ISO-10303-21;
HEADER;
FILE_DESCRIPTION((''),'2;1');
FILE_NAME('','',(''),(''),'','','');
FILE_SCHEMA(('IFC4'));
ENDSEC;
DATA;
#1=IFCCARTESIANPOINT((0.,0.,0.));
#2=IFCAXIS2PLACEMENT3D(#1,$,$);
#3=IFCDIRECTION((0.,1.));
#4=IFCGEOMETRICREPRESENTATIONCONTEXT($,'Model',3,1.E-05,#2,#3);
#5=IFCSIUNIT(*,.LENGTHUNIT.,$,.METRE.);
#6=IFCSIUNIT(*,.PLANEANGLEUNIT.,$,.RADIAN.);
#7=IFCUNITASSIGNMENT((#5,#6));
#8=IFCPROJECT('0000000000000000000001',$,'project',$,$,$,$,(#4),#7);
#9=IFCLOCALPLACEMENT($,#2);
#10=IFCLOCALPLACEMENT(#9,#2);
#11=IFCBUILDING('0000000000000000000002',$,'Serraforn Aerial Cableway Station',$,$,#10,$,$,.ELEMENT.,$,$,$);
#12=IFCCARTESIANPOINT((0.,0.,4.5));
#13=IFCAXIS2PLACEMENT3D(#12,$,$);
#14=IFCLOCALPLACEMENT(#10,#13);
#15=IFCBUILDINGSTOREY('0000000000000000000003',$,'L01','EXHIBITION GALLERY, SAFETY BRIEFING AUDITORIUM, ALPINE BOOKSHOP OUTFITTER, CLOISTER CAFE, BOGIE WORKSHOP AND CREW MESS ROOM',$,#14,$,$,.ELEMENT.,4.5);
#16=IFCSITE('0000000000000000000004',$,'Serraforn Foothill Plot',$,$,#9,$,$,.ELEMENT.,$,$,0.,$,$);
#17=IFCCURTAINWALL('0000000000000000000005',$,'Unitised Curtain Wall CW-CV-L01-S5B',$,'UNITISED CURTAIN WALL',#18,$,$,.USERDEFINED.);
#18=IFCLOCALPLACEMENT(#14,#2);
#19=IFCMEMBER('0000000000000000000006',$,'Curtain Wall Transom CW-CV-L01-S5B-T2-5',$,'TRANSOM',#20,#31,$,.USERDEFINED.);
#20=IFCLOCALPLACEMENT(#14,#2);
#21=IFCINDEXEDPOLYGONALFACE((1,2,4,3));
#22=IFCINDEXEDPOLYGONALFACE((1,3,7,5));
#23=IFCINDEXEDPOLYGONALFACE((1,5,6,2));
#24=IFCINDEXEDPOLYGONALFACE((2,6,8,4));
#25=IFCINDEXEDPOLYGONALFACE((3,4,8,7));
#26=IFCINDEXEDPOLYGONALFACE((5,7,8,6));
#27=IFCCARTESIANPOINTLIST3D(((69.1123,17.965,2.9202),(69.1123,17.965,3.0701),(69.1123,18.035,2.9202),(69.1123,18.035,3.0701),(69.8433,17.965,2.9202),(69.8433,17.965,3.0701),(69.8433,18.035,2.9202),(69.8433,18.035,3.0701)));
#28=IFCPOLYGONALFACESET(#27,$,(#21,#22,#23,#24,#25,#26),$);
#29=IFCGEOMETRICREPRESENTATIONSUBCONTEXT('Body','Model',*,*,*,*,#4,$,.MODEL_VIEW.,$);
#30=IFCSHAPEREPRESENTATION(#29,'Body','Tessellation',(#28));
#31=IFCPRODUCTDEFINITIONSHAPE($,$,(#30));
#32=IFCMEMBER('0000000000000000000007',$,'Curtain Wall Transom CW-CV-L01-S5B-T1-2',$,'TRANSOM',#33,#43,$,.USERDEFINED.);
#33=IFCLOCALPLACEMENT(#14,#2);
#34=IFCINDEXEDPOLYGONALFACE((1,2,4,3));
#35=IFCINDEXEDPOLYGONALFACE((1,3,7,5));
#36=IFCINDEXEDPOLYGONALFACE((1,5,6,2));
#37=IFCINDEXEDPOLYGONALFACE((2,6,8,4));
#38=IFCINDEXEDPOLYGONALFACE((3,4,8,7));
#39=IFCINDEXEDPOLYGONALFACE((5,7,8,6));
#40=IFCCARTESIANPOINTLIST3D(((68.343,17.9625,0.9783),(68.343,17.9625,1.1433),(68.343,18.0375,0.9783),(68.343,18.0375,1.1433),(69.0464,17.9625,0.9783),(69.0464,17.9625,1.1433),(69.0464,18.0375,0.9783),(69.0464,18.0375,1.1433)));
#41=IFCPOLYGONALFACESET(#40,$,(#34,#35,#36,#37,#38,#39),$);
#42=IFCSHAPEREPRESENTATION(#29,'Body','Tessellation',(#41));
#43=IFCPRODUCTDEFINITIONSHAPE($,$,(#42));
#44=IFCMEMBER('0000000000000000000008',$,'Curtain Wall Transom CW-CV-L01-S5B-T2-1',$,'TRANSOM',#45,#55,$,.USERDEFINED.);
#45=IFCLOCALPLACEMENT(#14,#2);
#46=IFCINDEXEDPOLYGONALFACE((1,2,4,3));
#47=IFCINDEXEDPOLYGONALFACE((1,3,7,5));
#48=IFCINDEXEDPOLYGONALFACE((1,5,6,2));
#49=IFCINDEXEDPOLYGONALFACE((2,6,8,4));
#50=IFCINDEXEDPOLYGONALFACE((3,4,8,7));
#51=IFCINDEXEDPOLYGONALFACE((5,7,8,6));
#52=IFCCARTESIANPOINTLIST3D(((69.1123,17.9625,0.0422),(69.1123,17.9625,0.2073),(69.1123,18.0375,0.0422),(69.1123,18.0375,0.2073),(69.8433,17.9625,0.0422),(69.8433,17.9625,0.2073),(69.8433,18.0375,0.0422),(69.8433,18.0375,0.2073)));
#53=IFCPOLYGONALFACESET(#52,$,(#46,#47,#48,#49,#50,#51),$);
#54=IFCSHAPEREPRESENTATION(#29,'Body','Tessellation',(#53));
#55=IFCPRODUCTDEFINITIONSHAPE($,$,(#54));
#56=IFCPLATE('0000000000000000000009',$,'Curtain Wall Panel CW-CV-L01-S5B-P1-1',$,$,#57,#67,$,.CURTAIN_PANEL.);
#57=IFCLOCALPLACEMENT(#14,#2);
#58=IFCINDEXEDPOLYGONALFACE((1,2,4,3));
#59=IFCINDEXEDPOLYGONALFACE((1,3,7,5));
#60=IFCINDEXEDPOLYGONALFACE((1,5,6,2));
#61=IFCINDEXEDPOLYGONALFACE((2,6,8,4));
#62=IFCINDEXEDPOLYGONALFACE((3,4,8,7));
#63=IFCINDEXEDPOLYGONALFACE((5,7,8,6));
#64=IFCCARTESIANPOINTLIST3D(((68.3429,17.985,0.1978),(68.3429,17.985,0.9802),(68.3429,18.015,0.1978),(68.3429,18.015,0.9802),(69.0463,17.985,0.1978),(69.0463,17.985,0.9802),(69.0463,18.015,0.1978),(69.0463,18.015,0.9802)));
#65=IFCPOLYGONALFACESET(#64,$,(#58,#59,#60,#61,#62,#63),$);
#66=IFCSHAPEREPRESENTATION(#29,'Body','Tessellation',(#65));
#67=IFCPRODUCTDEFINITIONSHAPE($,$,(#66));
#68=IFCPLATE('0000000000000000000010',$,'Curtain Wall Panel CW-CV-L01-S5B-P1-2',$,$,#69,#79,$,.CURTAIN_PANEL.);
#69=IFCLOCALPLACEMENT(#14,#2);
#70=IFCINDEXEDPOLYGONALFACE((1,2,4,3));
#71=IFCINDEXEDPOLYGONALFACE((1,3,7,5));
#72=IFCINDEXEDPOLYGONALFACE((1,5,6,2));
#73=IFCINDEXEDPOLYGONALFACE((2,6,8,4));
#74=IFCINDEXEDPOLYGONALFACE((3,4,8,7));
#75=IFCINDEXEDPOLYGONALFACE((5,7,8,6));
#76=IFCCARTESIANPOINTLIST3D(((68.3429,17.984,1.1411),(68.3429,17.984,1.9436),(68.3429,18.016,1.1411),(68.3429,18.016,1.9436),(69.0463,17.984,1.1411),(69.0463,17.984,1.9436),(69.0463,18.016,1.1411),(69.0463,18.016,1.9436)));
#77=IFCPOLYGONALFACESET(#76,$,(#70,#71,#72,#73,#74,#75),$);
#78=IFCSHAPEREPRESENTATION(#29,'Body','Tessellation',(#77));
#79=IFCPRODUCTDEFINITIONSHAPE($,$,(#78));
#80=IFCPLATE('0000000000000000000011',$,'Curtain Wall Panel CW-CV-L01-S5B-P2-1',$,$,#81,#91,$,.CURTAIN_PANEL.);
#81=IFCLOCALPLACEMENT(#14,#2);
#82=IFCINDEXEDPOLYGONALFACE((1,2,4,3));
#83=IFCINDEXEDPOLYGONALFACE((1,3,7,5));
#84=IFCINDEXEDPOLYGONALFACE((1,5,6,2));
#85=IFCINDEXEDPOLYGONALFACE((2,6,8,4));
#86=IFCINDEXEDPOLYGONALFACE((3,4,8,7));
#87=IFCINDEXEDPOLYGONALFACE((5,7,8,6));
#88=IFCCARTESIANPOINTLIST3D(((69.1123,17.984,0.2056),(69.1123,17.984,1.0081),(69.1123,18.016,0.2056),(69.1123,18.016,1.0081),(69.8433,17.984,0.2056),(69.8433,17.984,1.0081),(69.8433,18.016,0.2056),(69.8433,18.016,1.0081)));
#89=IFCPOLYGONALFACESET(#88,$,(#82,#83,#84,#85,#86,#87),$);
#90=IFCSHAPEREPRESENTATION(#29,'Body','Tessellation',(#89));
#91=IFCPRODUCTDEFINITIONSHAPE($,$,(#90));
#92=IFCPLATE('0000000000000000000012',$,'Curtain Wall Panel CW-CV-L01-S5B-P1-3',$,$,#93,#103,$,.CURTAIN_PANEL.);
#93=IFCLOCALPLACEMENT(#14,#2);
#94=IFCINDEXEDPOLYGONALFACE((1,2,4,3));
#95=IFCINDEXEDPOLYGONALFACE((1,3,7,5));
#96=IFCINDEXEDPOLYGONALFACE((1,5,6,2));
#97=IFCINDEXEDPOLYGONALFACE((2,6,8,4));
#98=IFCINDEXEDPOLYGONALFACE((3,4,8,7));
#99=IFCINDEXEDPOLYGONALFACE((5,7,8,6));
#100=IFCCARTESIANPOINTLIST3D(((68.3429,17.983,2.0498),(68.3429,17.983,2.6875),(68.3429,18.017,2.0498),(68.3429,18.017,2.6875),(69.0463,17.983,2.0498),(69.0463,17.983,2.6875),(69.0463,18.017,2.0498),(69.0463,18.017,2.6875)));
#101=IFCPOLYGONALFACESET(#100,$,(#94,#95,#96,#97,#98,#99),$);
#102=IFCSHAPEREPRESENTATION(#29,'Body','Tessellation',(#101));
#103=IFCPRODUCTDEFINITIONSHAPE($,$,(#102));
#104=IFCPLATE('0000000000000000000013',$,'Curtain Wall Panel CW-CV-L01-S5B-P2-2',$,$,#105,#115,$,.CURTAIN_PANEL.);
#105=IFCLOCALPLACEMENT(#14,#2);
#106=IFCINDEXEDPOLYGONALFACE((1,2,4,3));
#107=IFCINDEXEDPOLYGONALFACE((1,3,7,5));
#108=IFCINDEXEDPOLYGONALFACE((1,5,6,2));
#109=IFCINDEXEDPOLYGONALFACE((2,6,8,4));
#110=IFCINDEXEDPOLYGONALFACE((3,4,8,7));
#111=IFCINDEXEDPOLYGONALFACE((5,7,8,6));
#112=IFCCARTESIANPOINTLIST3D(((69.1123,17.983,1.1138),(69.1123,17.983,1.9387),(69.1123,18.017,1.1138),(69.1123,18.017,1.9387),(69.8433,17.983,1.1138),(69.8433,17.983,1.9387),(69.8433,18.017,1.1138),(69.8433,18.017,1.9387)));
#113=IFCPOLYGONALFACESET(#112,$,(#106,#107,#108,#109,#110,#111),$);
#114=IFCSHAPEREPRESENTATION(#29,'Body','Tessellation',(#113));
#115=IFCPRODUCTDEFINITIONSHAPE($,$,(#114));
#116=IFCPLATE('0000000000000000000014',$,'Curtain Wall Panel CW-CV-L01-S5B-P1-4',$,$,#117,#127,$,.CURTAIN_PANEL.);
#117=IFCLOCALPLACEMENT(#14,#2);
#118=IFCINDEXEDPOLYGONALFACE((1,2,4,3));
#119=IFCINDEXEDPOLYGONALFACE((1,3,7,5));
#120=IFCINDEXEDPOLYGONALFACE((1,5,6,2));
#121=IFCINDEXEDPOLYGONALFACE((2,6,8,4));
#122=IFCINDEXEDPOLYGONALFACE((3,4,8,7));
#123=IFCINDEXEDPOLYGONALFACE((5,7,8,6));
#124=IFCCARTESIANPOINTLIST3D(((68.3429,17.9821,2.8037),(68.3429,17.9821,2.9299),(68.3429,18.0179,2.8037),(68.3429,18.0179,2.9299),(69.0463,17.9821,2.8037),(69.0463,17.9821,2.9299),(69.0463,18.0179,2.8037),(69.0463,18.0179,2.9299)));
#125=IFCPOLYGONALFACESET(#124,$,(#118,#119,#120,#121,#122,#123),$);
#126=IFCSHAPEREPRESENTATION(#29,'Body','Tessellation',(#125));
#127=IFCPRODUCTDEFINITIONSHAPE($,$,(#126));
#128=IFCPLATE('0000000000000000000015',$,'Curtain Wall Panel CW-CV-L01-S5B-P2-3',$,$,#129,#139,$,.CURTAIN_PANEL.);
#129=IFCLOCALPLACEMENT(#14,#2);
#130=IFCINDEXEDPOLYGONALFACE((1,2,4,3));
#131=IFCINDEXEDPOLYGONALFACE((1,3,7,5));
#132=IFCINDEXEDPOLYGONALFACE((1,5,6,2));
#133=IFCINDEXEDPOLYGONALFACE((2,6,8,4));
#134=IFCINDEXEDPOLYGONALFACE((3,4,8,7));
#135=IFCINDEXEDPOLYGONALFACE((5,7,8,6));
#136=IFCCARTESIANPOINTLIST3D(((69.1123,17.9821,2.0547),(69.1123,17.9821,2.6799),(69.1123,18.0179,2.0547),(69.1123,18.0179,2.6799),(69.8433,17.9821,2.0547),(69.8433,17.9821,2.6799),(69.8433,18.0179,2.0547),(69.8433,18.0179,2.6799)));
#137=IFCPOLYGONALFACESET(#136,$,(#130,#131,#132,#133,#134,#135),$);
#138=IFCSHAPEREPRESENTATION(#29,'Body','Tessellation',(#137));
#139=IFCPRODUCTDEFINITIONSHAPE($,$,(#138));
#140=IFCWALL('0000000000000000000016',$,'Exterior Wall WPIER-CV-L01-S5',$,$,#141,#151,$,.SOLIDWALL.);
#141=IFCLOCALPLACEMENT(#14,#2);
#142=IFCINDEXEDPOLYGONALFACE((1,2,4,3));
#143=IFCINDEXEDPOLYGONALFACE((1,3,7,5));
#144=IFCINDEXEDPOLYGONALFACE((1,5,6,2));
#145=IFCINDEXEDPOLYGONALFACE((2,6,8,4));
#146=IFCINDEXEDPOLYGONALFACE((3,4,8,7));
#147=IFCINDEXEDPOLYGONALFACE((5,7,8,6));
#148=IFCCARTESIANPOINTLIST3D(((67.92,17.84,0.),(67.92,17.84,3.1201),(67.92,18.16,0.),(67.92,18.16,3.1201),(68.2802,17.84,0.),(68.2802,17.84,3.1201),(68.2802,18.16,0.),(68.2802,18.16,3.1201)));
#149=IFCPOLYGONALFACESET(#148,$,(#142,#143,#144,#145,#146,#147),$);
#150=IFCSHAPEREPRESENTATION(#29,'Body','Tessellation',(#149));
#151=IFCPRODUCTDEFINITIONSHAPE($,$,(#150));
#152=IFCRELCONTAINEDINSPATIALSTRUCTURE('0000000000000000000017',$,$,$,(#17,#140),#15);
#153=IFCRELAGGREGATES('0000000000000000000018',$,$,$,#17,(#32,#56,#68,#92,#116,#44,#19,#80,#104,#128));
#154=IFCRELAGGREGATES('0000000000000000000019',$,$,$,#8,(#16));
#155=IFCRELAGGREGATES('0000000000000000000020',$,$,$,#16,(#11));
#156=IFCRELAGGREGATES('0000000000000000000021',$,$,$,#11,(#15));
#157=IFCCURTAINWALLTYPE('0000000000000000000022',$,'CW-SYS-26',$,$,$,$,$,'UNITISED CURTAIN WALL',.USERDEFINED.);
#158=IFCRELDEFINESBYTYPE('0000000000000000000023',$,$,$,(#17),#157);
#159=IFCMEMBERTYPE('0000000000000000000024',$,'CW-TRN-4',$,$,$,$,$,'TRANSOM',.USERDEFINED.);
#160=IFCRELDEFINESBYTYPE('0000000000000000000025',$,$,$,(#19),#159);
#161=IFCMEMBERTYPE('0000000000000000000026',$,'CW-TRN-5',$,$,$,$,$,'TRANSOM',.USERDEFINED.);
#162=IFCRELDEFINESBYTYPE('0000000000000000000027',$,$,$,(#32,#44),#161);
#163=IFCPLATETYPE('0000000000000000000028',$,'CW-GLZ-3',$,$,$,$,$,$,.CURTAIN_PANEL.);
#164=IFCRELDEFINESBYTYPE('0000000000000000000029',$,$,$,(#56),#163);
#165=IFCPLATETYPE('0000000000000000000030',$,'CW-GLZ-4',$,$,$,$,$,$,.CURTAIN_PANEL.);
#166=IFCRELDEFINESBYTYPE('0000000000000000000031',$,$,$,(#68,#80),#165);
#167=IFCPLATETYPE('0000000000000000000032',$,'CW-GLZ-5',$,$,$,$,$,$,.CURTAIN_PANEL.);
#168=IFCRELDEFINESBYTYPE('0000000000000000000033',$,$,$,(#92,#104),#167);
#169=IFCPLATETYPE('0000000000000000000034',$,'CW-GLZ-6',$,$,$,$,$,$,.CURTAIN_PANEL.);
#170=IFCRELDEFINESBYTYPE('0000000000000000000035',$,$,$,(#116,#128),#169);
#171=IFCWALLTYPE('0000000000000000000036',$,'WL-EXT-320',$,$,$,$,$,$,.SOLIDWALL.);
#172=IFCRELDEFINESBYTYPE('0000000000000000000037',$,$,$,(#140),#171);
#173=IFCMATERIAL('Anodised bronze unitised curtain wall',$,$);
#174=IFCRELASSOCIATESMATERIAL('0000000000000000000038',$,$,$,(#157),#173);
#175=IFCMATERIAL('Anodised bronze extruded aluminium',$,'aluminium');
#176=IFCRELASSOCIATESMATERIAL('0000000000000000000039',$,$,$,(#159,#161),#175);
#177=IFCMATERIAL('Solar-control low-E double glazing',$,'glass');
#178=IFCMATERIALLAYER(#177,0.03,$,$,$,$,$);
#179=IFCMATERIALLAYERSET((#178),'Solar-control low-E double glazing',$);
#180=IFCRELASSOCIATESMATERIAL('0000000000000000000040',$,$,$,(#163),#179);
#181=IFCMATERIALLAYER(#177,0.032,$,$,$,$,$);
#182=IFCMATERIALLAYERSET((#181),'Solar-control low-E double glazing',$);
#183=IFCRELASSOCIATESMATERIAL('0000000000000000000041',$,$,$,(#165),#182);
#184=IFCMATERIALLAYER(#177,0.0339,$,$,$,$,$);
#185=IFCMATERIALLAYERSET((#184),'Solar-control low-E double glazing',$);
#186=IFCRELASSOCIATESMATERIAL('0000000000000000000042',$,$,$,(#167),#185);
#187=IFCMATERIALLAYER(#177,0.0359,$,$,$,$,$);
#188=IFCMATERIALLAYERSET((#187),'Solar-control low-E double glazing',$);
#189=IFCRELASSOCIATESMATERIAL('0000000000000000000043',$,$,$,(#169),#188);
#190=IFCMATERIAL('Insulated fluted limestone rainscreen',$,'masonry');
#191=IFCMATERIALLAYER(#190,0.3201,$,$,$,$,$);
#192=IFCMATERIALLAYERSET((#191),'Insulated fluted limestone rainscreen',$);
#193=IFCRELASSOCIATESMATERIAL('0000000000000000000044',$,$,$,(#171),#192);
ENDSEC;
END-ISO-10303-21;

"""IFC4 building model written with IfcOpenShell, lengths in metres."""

from ifc_helpers import new_model, si_unit, direction, frame, frame_2d, origin, origin_2d, place, context, subcontext, project, spatial, rectangle, extrude, material, layer, layer_set, material_profile, profile_set, type_object, element, aggregate, save


model = new_model("IFC4")

# Units and contexts
model_context = context("Model", 3, precision=1e-05, world=origin(), true_north=direction((0.0, 1.0)))
body_context = subcontext(model_context, "Body", "Model", "MODEL_VIEW")
ifc_project = project(units=[si_unit("LENGTHUNIT", "METRE"), si_unit("PLANEANGLEUNIT", "RADIAN")], contexts=[model_context])

# Site, building, storey
site_placement = place(None, origin())
site = spatial("IfcSite", under=ifc_project, at=site_placement, Name="Serraforn Foothill Plot", CompositionType="ELEMENT", RefElevation=0.0)
building_placement = place(site_placement, origin())
building = spatial("IfcBuilding", under=site, at=building_placement, Name="Serraforn Aerial Cableway Station", CompositionType="ELEMENT")
storey_placement = place(building_placement, frame((0.0, 0.0, 4.5)))
storey = spatial("IfcBuildingStorey", under=building, at=storey_placement, Name="L01", Description="EXHIBITION GALLERY, SAFETY BRIEFING AUDITORIUM, ALPINE BOOKSHOP OUTFITTER, CLOISTER CAFE, BOGIE WORKSHOP AND CREW MESS ROOM", CompositionType="ELEMENT", Elevation=4.5)

# Shared definitions
ifc_material_1 = material(Name="Anodised bronze unitised curtain wall")
ifc_material_2 = material(Name="Anodised bronze extruded aluminium", Category="aluminium")

# Curtain wall, members, plates
curtain_wall_type_1 = type_object("IfcCurtainWallType", Name="CW-SYS-26", ElementType="UNITISED CURTAIN WALL", PredefinedType="USERDEFINED", material=ifc_material_1)
curtain_wall_1_placement = place(storey_placement, origin())
curtain_wall_1 = element("IfcCurtainWall", 1, at=curtain_wall_1_placement, inside=storey, type_object=curtain_wall_type_1, Name="Unitised Curtain Wall CW-CV-L01-S5B", ObjectType="UNITISED CURTAIN WALL", PredefinedType="USERDEFINED")
ifc_material_profile_1 = material_profile(ifc_material_2, rectangle(XDim=0.0701, YDim=0.1499, at=origin_2d()), Name="CW TRANSOM 70x150")
ifc_profile_set_1 = profile_set([ifc_material_profile_1], Name="Anodised bronze extruded aluminium")
member_type_1 = type_object("IfcMemberType", Name="CW-TRN-4", ElementType="TRANSOM", PredefinedType="USERDEFINED", material=ifc_profile_set_1)
member_1_placement = place(storey_placement, frame((69.1123, 18.0, 2.9951), z_axis=(1.0, 0.0, 0.0), x_axis=(0.0, 1.0, 0.0)))
member_1 = element("IfcMember", 2, at=member_1_placement, type_object=member_type_1, Name="Curtain Wall Transom CW-CV-L01-S5B-T2-5", ObjectType="TRANSOM", PredefinedType="USERDEFINED", context=body_context, shape_type="SweptSolid", body=[
    extrude(rectangle(XDim=0.0701, YDim=0.1499, at=origin_2d()), origin(), (0.0, 0.0, 1.0), 0.731),
])
ifc_material_profile_2 = material_profile(ifc_material_2, rectangle(XDim=0.075, YDim=0.165, at=origin_2d()), Name="CW TRANSOM 75x165")
ifc_profile_set_2 = profile_set([ifc_material_profile_2], Name="Anodised bronze extruded aluminium")
member_type_2 = type_object("IfcMemberType", Name="CW-TRN-5", ElementType="TRANSOM", PredefinedType="USERDEFINED", material=ifc_profile_set_2)
member_2_placement = place(storey_placement, frame((68.343, 18.0, 1.0608), z_axis=(1.0, 0.0, 0.0), x_axis=(0.0, 1.0, 0.0)))
member_2 = element("IfcMember", 3, at=member_2_placement, type_object=member_type_2, Name="Curtain Wall Transom CW-CV-L01-S5B-T1-2", ObjectType="TRANSOM", PredefinedType="USERDEFINED", context=body_context, shape_type="SweptSolid", body=[
    extrude(rectangle(XDim=0.075, YDim=0.165, at=origin_2d()), origin(), (0.0, 0.0, 1.0), 0.7034),
])
member_3_placement = place(storey_placement, frame((69.1123, 18.0, 0.1248), z_axis=(1.0, 0.0, 0.0), x_axis=(0.0, 1.0, 0.0)))
member_3 = element("IfcMember", 4, at=member_3_placement, type_object=member_type_2, Name="Curtain Wall Transom CW-CV-L01-S5B-T2-1", ObjectType="TRANSOM", PredefinedType="USERDEFINED", context=body_context, shape_type="SweptSolid", body=[
    extrude(rectangle(XDim=0.075, YDim=0.165, at=origin_2d()), origin(), (0.0, 0.0, 1.0), 0.731),
])
ifc_material_3 = material(Name="Solar-control low-E double glazing", Category="glass")
ifc_layer_1 = layer(ifc_material_3, 0.03)
ifc_layer_set_1 = layer_set([ifc_layer_1], Name="Solar-control low-E double glazing")
plate_type_1 = type_object("IfcPlateType", Name="CW-GLZ-3", PredefinedType="CURTAIN_PANEL", material=ifc_layer_set_1)
plate_1_placement = place(storey_placement, frame((68.6946, 18.0, 0.1978), z_axis=(0.0, 0.0, 1.0), x_axis=(1.0, 0.0, 0.0)))
plate_1 = element("IfcPlate", 5, at=plate_1_placement, type_object=plate_type_1, Name="Curtain Wall Panel CW-CV-L01-S5B-P1-1", PredefinedType="CURTAIN_PANEL", context=body_context, shape_type="SweptSolid", body=[
    extrude(rectangle(XDim=0.7034, YDim=0.03, at=origin_2d()), origin(), (0.0, 0.0, 1.0), 0.7825),
])
ifc_layer_2 = layer(ifc_material_3, 0.032)
ifc_layer_set_2 = layer_set([ifc_layer_2], Name="Solar-control low-E double glazing")
plate_type_2 = type_object("IfcPlateType", Name="CW-GLZ-4", PredefinedType="CURTAIN_PANEL", material=ifc_layer_set_2)
plate_2_placement = place(storey_placement, frame((68.6946, 18.0, 1.1411), z_axis=(0.0, 0.0, 1.0), x_axis=(1.0, 0.0, 0.0)))
plate_2 = element("IfcPlate", 6, at=plate_2_placement, type_object=plate_type_2, Name="Curtain Wall Panel CW-CV-L01-S5B-P1-2", PredefinedType="CURTAIN_PANEL", context=body_context, shape_type="SweptSolid", body=[
    extrude(rectangle(XDim=0.7034, YDim=0.032, at=origin_2d()), origin(), (0.0, 0.0, 1.0), 0.8025),
])
plate_3_placement = place(storey_placement, frame((69.4778, 18.0, 0.2056), z_axis=(0.0, 0.0, 1.0), x_axis=(1.0, 0.0, 0.0)))
plate_3 = element("IfcPlate", 7, at=plate_3_placement, type_object=plate_type_2, Name="Curtain Wall Panel CW-CV-L01-S5B-P2-1", PredefinedType="CURTAIN_PANEL", context=body_context, shape_type="SweptSolid", body=[
    extrude(rectangle(XDim=0.731, YDim=0.032, at=origin_2d()), origin(), (0.0, 0.0, 1.0), 0.8025),
])
ifc_layer_3 = layer(ifc_material_3, 0.0339)
ifc_layer_set_3 = layer_set([ifc_layer_3], Name="Solar-control low-E double glazing")
plate_type_3 = type_object("IfcPlateType", Name="CW-GLZ-5", PredefinedType="CURTAIN_PANEL", material=ifc_layer_set_3)
plate_4_placement = place(storey_placement, frame((68.6946, 18.0, 2.0498), z_axis=(0.0, 0.0, 1.0), x_axis=(1.0, 0.0, 0.0)))
plate_4 = element("IfcPlate", 8, at=plate_4_placement, type_object=plate_type_3, Name="Curtain Wall Panel CW-CV-L01-S5B-P1-3", PredefinedType="CURTAIN_PANEL", context=body_context, shape_type="SweptSolid", body=[
    extrude(rectangle(XDim=0.7034, YDim=0.0339, at=origin_2d()), origin(), (0.0, 0.0, 1.0), 0.6377),
])
plate_5_placement = place(storey_placement, frame((69.4778, 18.0, 1.1138), z_axis=(0.0, 0.0, 1.0), x_axis=(1.0, 0.0, 0.0)))
plate_5 = element("IfcPlate", 9, at=plate_5_placement, type_object=plate_type_3, Name="Curtain Wall Panel CW-CV-L01-S5B-P2-2", PredefinedType="CURTAIN_PANEL", context=body_context, shape_type="SweptSolid", body=[
    extrude(rectangle(XDim=0.731, YDim=0.0339, at=origin_2d()), origin(), (0.0, 0.0, 1.0), 0.825),
])
ifc_layer_4 = layer(ifc_material_3, 0.0359)
ifc_layer_set_4 = layer_set([ifc_layer_4], Name="Solar-control low-E double glazing")
plate_type_4 = type_object("IfcPlateType", Name="CW-GLZ-6", PredefinedType="CURTAIN_PANEL", material=ifc_layer_set_4)
plate_6_placement = place(storey_placement, frame((68.6946, 18.0, 2.8037), z_axis=(0.0, 0.0, 1.0), x_axis=(1.0, 0.0, 0.0)))
plate_6 = element("IfcPlate", 10, at=plate_6_placement, type_object=plate_type_4, Name="Curtain Wall Panel CW-CV-L01-S5B-P1-4", PredefinedType="CURTAIN_PANEL", context=body_context, shape_type="SweptSolid", body=[
    extrude(rectangle(XDim=0.7034, YDim=0.0359, at=origin_2d()), origin(), (0.0, 0.0, 1.0), 0.1262),
])
plate_7_placement = place(storey_placement, frame((69.4778, 18.0, 2.0547), z_axis=(0.0, 0.0, 1.0), x_axis=(1.0, 0.0, 0.0)))
plate_7 = element("IfcPlate", 11, at=plate_7_placement, type_object=plate_type_4, Name="Curtain Wall Panel CW-CV-L01-S5B-P2-3", PredefinedType="CURTAIN_PANEL", context=body_context, shape_type="SweptSolid", body=[
    extrude(rectangle(XDim=0.731, YDim=0.0359, at=origin_2d()), origin(), (0.0, 0.0, 1.0), 0.6252),
])
aggregate(curtain_wall_1, [member_2, plate_1, plate_2, plate_4, plate_6, member_3, member_1, plate_3, plate_5, plate_7])

# Wall
ifc_material_4 = material(Name="Insulated fluted limestone rainscreen", Category="masonry")
ifc_layer_5 = layer(ifc_material_4, 0.3201)
ifc_layer_set_5 = layer_set([ifc_layer_5], Name="Insulated fluted limestone rainscreen")
wall_type = type_object("IfcWallType", Name="WL-EXT-320", PredefinedType="SOLIDWALL", material=ifc_layer_set_5)
wall_placement = place(storey_placement, frame((67.9199, 18.0, 0.0), z_axis=(0.0, 0.0, 1.0), x_axis=(1.0, 0.0, 0.0)))
element("IfcWall", 12, at=wall_placement, inside=storey, type_object=wall_type, Name="Exterior Wall WPIER-CV-L01-S5", PredefinedType="SOLIDWALL", context=body_context, shape_type="SweptSolid", body=[
    extrude(rectangle(XDim=0.3601, YDim=0.3201, at=frame_2d((0.1802, 0.0))), origin(), (0.0, 0.0, 1.0), 3.1201),
])

save(model, "model.ifc")
